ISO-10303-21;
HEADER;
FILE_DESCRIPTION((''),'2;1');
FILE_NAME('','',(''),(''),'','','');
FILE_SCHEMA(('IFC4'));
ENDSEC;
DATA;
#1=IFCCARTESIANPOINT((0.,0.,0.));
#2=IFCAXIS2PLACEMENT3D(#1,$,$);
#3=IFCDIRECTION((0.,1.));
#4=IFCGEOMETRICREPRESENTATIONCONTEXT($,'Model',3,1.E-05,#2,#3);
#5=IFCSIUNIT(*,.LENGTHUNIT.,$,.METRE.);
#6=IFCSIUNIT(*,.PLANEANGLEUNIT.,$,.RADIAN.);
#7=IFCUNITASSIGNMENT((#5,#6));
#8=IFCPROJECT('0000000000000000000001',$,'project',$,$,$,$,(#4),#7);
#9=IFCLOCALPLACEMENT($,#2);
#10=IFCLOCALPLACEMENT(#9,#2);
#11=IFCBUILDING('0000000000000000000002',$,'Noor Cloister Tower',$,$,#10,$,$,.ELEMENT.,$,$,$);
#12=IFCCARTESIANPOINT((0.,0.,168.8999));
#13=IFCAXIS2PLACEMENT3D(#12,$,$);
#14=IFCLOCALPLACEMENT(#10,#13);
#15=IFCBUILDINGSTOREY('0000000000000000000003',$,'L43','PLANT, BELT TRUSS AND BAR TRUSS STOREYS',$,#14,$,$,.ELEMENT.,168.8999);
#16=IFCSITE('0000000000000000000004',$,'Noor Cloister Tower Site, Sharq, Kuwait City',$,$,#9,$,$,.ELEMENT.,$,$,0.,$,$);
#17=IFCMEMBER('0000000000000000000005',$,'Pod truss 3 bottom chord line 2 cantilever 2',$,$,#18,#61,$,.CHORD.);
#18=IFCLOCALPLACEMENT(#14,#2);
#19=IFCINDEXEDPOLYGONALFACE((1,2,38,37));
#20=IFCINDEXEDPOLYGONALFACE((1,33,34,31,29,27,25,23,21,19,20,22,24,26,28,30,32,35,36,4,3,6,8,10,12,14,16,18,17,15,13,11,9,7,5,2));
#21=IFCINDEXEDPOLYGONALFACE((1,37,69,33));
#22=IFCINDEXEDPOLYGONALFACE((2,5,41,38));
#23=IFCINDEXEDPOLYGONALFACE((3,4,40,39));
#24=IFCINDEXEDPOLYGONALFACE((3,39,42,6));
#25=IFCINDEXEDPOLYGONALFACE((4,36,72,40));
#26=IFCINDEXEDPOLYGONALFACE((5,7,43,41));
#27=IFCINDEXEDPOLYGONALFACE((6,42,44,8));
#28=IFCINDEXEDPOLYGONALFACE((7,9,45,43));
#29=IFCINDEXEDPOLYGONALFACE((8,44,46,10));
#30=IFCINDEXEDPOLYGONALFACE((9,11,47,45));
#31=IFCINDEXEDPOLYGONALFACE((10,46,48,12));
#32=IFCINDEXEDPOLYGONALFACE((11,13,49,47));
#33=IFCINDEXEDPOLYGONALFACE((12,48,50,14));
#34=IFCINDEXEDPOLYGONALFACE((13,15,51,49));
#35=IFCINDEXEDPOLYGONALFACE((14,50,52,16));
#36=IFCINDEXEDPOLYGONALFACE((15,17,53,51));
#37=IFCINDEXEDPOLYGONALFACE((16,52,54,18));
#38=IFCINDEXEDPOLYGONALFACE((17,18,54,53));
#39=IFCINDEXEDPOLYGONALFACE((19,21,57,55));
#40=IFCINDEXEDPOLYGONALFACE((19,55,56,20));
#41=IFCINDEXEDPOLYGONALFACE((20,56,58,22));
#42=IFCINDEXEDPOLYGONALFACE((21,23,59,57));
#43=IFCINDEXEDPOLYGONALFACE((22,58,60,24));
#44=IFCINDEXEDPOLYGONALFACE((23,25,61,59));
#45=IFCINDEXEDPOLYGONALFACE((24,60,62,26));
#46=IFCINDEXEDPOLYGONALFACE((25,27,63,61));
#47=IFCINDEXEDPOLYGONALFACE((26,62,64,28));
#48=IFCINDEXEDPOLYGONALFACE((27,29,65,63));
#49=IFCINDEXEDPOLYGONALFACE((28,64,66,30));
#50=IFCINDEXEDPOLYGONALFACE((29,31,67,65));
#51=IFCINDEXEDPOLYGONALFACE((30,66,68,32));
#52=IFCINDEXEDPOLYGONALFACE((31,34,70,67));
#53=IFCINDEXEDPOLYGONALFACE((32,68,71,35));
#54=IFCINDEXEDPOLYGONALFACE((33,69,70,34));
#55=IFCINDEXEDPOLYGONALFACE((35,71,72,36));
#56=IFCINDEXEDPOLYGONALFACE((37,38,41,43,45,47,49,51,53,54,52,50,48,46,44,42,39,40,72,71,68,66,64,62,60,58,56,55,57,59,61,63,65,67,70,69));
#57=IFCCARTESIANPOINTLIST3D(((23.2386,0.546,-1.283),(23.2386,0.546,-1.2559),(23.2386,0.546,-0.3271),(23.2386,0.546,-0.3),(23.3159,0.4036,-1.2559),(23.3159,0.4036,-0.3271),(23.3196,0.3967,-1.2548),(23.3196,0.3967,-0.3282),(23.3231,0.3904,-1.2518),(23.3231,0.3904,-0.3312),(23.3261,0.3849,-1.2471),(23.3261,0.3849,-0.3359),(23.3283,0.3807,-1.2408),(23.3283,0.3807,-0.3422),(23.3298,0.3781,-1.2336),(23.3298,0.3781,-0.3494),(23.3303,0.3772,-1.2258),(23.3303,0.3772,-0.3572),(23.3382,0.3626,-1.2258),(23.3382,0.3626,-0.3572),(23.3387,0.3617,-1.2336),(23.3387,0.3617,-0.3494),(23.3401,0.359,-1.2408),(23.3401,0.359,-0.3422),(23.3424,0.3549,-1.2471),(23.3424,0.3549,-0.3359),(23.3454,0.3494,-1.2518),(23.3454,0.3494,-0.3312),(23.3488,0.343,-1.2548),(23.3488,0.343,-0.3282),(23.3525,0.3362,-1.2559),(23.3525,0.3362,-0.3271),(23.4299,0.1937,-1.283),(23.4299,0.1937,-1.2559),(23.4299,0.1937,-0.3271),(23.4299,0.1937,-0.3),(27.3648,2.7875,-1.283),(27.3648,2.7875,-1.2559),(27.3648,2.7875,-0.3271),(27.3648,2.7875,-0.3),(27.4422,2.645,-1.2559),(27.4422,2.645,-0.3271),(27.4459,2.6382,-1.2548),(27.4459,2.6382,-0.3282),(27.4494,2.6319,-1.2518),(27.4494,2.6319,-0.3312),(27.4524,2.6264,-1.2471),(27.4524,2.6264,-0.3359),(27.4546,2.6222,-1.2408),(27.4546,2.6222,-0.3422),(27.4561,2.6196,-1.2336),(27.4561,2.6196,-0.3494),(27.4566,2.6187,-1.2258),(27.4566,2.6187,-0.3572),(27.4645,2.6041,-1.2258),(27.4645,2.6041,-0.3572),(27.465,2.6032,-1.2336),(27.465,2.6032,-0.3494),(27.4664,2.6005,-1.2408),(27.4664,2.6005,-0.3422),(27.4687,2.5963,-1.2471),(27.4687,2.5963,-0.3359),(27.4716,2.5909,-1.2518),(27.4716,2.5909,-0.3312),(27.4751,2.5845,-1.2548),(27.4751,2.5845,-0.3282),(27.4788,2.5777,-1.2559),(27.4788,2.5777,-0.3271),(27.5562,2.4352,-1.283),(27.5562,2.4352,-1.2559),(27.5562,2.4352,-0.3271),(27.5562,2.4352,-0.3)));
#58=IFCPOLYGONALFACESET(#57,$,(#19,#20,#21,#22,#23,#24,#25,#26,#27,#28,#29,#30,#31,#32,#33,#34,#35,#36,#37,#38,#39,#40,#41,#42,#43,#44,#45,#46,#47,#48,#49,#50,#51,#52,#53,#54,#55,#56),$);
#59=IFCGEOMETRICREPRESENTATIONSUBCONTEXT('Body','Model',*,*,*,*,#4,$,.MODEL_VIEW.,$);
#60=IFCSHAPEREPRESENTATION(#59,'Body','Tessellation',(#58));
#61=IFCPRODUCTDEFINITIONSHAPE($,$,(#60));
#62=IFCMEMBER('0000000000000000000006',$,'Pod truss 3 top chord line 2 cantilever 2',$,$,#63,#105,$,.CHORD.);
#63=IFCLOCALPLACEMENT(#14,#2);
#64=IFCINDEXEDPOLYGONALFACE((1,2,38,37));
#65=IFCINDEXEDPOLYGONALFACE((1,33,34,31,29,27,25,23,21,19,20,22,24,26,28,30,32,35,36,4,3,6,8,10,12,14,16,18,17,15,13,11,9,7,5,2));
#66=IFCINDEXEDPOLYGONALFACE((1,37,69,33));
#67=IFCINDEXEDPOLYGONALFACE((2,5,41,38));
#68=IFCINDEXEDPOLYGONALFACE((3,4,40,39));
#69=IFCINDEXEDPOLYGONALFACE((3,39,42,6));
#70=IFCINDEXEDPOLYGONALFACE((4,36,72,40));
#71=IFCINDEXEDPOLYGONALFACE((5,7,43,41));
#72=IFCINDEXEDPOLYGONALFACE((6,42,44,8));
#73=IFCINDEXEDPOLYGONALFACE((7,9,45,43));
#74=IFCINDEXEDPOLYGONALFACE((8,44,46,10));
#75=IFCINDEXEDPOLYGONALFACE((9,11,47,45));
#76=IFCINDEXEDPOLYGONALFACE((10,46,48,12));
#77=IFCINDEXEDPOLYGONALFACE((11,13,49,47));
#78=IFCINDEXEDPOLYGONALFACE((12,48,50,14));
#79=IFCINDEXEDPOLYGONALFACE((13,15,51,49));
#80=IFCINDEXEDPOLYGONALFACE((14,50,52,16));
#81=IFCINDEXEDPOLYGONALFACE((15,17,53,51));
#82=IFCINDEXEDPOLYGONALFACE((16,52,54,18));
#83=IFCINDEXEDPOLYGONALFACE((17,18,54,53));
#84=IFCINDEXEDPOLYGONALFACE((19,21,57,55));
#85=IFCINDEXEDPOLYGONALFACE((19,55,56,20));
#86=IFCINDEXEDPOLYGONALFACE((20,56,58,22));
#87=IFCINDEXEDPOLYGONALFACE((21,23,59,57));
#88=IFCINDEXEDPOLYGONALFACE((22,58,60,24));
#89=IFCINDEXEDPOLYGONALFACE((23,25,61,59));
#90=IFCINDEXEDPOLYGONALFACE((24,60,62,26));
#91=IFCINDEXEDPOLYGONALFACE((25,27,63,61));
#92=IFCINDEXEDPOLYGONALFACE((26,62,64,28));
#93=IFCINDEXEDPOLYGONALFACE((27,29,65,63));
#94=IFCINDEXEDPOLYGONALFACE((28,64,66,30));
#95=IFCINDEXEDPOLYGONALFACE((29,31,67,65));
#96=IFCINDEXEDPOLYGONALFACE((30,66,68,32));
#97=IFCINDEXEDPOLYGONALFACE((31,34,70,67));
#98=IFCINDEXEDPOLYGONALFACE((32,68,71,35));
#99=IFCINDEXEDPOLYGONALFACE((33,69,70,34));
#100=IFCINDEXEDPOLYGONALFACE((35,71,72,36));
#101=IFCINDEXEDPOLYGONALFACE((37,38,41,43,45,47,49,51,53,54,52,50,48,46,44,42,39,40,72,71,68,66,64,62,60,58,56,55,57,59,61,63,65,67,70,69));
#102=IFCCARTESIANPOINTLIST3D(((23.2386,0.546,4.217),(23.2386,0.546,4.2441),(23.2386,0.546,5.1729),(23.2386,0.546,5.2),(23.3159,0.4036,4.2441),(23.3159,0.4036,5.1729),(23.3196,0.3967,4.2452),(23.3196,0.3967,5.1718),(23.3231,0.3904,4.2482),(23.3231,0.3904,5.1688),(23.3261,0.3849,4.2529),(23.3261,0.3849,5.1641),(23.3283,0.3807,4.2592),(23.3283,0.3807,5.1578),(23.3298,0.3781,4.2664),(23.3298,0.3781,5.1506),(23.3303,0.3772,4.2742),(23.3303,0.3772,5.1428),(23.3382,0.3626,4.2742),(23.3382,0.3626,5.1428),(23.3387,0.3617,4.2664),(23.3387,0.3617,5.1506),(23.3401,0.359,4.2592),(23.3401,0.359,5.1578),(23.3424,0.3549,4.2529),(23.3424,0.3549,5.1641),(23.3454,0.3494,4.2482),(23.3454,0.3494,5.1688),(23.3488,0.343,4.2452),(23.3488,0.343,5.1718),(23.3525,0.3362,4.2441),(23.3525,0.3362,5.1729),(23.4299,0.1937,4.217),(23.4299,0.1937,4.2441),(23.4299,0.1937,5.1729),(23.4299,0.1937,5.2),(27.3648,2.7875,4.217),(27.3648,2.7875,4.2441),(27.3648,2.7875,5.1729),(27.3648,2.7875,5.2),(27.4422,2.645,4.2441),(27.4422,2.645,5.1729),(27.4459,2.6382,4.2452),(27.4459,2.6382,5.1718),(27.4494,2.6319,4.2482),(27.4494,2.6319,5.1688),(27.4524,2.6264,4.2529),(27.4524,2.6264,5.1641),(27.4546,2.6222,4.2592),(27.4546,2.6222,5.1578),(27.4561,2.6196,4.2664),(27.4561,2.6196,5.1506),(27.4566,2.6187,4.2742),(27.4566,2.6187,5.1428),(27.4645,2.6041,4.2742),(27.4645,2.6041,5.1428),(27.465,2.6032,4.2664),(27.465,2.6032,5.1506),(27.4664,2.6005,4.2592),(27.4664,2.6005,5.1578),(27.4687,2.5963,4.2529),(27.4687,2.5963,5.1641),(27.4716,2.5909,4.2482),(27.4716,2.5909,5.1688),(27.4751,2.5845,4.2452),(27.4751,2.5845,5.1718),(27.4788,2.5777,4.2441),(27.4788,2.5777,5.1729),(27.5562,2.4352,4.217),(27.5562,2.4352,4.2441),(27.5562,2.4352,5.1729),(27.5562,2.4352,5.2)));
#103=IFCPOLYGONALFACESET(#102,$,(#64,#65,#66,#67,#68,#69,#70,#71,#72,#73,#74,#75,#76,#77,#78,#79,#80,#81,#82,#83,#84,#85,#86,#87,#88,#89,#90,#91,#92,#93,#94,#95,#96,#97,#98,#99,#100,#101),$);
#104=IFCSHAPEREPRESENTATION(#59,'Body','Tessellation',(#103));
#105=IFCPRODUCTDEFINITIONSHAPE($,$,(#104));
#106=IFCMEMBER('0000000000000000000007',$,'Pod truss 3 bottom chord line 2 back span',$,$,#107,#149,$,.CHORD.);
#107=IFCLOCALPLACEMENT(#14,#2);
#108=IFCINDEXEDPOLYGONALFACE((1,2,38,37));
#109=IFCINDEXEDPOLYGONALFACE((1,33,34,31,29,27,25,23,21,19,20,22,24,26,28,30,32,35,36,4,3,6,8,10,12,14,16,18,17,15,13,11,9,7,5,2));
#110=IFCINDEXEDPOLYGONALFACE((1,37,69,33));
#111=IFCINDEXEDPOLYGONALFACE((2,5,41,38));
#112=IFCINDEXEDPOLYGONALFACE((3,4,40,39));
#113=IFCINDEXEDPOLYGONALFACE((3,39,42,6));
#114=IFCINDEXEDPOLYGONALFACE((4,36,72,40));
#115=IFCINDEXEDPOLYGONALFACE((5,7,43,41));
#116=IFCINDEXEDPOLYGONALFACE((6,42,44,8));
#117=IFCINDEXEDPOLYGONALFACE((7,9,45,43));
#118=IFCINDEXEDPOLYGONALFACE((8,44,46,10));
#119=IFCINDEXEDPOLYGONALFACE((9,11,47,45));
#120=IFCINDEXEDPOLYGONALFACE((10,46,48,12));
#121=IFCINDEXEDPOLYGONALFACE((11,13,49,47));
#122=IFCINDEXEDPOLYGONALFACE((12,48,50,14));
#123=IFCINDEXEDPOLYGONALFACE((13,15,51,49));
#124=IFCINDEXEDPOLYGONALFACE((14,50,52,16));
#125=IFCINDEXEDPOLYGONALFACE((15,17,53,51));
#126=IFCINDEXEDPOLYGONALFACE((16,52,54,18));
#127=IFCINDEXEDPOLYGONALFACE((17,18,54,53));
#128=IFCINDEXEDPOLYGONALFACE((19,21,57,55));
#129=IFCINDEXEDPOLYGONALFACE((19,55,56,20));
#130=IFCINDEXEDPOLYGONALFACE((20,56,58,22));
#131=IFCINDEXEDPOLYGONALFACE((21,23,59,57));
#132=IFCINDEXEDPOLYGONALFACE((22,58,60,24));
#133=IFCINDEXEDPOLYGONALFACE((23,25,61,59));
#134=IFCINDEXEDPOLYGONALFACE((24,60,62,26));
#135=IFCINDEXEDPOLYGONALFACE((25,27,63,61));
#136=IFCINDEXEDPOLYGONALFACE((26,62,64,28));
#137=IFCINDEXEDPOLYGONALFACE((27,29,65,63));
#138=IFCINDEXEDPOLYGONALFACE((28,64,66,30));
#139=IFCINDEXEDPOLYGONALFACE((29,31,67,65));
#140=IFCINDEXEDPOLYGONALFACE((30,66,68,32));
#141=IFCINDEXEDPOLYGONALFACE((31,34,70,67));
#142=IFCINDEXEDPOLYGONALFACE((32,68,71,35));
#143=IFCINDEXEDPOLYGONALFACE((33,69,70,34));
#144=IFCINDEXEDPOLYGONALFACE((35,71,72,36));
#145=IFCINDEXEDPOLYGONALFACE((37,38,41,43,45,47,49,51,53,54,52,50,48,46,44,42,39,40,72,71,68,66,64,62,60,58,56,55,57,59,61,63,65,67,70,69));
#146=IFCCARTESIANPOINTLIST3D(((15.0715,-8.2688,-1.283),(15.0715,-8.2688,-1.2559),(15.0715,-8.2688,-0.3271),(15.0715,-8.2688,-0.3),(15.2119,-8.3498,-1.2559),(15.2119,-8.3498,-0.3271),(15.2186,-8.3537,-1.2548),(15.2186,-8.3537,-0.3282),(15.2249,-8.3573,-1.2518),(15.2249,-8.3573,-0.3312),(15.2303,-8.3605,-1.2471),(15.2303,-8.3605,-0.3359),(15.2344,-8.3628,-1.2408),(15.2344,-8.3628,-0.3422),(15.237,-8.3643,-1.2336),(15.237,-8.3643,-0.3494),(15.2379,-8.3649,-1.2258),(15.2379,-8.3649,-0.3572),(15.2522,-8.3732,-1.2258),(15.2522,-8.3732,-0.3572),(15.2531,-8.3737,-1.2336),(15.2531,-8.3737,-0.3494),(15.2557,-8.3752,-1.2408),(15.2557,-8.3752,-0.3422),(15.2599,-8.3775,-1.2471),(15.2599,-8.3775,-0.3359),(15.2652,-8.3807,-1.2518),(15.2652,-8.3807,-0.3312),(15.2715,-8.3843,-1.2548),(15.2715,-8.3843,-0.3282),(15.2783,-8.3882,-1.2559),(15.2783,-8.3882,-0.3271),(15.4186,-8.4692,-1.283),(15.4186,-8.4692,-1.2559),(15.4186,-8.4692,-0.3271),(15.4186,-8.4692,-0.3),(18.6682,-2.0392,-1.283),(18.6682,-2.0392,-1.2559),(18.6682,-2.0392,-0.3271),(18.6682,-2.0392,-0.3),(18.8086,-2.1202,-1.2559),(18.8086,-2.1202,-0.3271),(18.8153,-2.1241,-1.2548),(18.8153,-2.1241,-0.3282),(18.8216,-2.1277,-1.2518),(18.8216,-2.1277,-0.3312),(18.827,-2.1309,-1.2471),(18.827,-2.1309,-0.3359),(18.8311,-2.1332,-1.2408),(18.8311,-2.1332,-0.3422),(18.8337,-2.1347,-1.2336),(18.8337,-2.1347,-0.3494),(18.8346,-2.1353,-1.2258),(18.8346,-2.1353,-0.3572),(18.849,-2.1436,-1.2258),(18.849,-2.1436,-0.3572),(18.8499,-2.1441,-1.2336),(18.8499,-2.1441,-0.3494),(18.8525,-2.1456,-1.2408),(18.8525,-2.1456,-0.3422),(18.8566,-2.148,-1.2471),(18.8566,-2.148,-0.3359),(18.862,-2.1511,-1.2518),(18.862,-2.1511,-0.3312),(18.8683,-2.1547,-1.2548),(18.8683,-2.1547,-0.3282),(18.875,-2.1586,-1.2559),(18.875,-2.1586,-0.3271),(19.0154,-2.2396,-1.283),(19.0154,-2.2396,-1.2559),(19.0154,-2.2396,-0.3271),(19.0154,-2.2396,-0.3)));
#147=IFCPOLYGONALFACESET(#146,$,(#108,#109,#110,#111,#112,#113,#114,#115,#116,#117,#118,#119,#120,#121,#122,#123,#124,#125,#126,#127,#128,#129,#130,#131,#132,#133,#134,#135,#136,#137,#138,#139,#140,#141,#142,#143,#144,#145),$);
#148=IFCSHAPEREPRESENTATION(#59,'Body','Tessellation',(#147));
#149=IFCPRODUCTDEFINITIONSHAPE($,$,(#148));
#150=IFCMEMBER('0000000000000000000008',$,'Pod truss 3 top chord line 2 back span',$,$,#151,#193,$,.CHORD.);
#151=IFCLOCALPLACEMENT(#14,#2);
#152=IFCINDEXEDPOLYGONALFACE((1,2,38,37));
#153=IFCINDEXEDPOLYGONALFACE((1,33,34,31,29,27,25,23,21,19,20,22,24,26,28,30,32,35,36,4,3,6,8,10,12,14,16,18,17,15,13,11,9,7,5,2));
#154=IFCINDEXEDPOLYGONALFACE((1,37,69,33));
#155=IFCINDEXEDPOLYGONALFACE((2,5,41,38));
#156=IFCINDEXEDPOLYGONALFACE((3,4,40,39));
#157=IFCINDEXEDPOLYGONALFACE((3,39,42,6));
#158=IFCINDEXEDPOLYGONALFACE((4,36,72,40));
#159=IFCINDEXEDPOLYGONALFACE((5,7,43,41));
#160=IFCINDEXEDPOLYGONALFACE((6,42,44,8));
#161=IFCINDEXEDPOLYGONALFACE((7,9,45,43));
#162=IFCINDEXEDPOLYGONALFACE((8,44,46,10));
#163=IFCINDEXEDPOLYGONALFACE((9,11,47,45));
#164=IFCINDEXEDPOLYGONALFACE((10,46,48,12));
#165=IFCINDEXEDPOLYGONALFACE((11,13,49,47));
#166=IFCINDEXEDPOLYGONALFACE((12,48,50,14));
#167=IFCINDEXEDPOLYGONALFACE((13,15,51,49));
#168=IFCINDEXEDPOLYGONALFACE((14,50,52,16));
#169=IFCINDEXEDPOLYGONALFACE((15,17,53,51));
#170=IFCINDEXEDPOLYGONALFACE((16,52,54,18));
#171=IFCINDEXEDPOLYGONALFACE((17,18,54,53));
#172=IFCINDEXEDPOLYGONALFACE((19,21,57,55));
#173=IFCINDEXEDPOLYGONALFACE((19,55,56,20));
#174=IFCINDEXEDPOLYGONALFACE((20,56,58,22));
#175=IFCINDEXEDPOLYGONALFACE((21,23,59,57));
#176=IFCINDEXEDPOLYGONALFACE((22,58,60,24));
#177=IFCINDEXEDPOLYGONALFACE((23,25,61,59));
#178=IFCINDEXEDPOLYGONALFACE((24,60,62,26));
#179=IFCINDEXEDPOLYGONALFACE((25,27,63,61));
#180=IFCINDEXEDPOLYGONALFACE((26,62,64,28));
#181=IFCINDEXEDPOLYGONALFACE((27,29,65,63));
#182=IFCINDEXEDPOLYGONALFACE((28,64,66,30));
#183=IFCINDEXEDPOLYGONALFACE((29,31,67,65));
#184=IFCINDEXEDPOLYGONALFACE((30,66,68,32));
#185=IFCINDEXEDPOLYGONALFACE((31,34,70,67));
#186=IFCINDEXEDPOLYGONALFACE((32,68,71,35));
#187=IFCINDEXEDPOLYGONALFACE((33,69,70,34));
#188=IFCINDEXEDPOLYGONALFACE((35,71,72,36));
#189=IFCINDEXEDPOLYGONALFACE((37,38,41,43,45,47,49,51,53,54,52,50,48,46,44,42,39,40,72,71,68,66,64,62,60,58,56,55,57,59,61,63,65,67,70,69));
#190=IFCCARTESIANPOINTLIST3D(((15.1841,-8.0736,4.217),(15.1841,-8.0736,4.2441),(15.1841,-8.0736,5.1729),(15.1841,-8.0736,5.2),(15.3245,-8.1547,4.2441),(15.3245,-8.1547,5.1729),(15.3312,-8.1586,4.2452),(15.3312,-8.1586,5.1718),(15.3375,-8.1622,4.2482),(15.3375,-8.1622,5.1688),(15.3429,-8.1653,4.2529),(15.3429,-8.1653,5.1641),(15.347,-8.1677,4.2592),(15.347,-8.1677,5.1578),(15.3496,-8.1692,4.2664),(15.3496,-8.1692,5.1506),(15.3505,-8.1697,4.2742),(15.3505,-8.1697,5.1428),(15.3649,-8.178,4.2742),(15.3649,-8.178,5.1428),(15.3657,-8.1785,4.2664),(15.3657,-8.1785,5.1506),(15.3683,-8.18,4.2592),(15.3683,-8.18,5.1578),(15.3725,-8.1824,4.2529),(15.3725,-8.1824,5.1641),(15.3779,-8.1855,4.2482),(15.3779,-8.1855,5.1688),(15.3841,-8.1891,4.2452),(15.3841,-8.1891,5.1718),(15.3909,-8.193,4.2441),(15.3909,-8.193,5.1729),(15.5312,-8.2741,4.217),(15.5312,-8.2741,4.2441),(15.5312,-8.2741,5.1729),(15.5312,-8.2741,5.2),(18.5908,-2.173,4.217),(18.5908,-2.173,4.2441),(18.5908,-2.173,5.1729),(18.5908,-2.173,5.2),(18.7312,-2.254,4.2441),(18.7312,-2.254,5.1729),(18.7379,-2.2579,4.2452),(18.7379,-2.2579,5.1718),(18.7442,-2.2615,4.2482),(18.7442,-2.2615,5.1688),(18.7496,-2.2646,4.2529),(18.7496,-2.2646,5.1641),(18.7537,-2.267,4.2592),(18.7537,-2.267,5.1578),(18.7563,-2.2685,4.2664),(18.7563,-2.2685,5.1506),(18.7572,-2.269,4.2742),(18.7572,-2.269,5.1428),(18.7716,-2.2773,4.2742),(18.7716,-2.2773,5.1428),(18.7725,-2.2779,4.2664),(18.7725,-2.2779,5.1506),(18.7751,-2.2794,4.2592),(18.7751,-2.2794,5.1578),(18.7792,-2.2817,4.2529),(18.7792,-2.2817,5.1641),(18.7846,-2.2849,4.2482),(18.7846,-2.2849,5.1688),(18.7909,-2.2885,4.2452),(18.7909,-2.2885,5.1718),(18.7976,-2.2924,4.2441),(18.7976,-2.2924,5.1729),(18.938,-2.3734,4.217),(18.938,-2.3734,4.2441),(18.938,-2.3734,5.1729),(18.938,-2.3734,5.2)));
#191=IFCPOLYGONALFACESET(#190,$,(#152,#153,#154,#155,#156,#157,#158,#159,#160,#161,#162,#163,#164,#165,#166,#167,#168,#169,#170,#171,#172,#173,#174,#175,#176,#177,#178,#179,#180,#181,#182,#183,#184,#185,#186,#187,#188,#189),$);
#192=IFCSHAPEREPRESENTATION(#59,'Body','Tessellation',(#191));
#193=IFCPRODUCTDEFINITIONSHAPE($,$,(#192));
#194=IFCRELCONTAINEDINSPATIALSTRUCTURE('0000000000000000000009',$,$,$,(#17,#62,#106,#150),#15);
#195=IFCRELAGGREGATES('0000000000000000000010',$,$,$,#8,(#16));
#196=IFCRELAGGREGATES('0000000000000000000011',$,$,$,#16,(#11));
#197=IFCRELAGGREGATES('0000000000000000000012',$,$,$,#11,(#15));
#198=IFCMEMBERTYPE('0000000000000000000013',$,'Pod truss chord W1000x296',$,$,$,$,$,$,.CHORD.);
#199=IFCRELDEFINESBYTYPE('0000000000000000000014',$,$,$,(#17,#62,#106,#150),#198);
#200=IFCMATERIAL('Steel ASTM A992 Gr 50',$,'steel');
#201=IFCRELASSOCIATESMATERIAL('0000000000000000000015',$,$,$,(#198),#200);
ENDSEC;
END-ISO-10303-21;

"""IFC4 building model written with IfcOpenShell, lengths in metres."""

from ifc_helpers import new_model, si_unit, direction, frame, origin, origin_2d, place, context, subcontext, project, spatial, i_section, extrude, material, material_profile, profile_set, type_object, element, save


model = new_model("IFC4")

# Units and contexts
model_context = context("Model", 3, precision=1e-05, world=origin(), true_north=direction((0.0, 1.0)))
body_context = subcontext(model_context, "Body", "Model", "MODEL_VIEW")
ifc_project = project(units=[si_unit("LENGTHUNIT", "METRE"), si_unit("PLANEANGLEUNIT", "RADIAN")], contexts=[model_context])

# Site, building, storey
site_placement = place(None, origin())
site = spatial("IfcSite", under=ifc_project, at=site_placement, Name="Noor Cloister Tower Site, Sharq, Kuwait City", CompositionType="ELEMENT", RefElevation=0.0)
building_placement = place(site_placement, origin())
building = spatial("IfcBuilding", under=site, at=building_placement, Name="Noor Cloister Tower", CompositionType="ELEMENT")
storey_placement = place(building_placement, frame((0.0, 0.0, 168.8999)))
storey = spatial("IfcBuildingStorey", under=building, at=storey_placement, Name="L43", Description="PLANT, BELT TRUSS AND BAR TRUSS STOREYS", CompositionType="ELEMENT", Elevation=168.8999)

# Members
ifc_material_1 = material(Name="Steel ASTM A992 Gr 50", Category="steel")
ifc_material_profile_1 = material_profile(ifc_material_1, i_section(OverallWidth=0.4009, OverallDepth=0.9829, WebThickness=0.0166, FlangeThickness=0.0271, FilletRadius=0.03, at=origin_2d()), Name="W1000x296")
ifc_profile_set_1 = profile_set([ifc_material_profile_1], Name="Steel ASTM A992 Gr 50")
member_type_1 = type_object("IfcMemberType", Name="Pod truss chord W1000x296", PredefinedType="CHORD", material=ifc_profile_set_1)
for number, where, z_axis, x_axis, name in (
    (1, (23.3342, 0.3699, -0.7915), (0.878719, 0.47734, 0.0), (-0.47734, 0.878719, 0.0), "Pod truss 3 bottom chord line 2 cantilever 2"),
    (2, (23.3342, 0.3699, 4.7085), (0.878719, 0.47734, 0.0), (-0.47734, 0.878719, 0.0), "Pod truss 3 top chord line 2 cantilever 2"),
):
    element("IfcMember", number, at=place(storey_placement, frame(where, z_axis=z_axis, x_axis=x_axis)), inside=storey, type_object=member_type_1, Name=name, PredefinedType="CHORD", context=body_context, shape_type="SweptSolid", body=[
        extrude(i_section(OverallWidth=0.4009, OverallDepth=0.9829, WebThickness=0.0166, FlangeThickness=0.0271, FilletRadius=0.03, at=origin_2d()), origin(), (0.0, 0.0, 1.0), 4.6958),
    ])
member_1_placement = place(storey_placement, frame((18.8418, -2.1394, -0.7915), z_axis=(-0.500008, -0.866021, 0.0), x_axis=(0.866021, -0.500008, 0.0)))
element("IfcMember", 3, at=member_1_placement, inside=storey, type_object=member_type_1, Name="Pod truss 3 bottom chord line 2 back span", PredefinedType="CHORD", context=body_context, shape_type="SweptSolid", body=[
    extrude(i_section(OverallWidth=0.4009, OverallDepth=0.9829, WebThickness=0.0166, FlangeThickness=0.0271, FilletRadius=0.03, at=origin_2d()), origin(), (0.0, 0.0, 1.0), 7.1934),
])
member_2_placement = place(storey_placement, frame((18.7644, -2.2732, 4.7085), z_axis=(-0.500001, -0.866025, 0.0), x_axis=(0.866025, -0.500001, 0.0)))
element("IfcMember", 4, at=member_2_placement, inside=storey, type_object=member_type_1, Name="Pod truss 3 top chord line 2 back span", PredefinedType="CHORD", context=body_context, shape_type="SweptSolid", body=[
    extrude(i_section(OverallWidth=0.4009, OverallDepth=0.9829, WebThickness=0.0166, FlangeThickness=0.0271, FilletRadius=0.03, at=origin_2d()), origin(), (0.0, 0.0, 1.0), 6.8135),
])

save(model, "model.ifc")
